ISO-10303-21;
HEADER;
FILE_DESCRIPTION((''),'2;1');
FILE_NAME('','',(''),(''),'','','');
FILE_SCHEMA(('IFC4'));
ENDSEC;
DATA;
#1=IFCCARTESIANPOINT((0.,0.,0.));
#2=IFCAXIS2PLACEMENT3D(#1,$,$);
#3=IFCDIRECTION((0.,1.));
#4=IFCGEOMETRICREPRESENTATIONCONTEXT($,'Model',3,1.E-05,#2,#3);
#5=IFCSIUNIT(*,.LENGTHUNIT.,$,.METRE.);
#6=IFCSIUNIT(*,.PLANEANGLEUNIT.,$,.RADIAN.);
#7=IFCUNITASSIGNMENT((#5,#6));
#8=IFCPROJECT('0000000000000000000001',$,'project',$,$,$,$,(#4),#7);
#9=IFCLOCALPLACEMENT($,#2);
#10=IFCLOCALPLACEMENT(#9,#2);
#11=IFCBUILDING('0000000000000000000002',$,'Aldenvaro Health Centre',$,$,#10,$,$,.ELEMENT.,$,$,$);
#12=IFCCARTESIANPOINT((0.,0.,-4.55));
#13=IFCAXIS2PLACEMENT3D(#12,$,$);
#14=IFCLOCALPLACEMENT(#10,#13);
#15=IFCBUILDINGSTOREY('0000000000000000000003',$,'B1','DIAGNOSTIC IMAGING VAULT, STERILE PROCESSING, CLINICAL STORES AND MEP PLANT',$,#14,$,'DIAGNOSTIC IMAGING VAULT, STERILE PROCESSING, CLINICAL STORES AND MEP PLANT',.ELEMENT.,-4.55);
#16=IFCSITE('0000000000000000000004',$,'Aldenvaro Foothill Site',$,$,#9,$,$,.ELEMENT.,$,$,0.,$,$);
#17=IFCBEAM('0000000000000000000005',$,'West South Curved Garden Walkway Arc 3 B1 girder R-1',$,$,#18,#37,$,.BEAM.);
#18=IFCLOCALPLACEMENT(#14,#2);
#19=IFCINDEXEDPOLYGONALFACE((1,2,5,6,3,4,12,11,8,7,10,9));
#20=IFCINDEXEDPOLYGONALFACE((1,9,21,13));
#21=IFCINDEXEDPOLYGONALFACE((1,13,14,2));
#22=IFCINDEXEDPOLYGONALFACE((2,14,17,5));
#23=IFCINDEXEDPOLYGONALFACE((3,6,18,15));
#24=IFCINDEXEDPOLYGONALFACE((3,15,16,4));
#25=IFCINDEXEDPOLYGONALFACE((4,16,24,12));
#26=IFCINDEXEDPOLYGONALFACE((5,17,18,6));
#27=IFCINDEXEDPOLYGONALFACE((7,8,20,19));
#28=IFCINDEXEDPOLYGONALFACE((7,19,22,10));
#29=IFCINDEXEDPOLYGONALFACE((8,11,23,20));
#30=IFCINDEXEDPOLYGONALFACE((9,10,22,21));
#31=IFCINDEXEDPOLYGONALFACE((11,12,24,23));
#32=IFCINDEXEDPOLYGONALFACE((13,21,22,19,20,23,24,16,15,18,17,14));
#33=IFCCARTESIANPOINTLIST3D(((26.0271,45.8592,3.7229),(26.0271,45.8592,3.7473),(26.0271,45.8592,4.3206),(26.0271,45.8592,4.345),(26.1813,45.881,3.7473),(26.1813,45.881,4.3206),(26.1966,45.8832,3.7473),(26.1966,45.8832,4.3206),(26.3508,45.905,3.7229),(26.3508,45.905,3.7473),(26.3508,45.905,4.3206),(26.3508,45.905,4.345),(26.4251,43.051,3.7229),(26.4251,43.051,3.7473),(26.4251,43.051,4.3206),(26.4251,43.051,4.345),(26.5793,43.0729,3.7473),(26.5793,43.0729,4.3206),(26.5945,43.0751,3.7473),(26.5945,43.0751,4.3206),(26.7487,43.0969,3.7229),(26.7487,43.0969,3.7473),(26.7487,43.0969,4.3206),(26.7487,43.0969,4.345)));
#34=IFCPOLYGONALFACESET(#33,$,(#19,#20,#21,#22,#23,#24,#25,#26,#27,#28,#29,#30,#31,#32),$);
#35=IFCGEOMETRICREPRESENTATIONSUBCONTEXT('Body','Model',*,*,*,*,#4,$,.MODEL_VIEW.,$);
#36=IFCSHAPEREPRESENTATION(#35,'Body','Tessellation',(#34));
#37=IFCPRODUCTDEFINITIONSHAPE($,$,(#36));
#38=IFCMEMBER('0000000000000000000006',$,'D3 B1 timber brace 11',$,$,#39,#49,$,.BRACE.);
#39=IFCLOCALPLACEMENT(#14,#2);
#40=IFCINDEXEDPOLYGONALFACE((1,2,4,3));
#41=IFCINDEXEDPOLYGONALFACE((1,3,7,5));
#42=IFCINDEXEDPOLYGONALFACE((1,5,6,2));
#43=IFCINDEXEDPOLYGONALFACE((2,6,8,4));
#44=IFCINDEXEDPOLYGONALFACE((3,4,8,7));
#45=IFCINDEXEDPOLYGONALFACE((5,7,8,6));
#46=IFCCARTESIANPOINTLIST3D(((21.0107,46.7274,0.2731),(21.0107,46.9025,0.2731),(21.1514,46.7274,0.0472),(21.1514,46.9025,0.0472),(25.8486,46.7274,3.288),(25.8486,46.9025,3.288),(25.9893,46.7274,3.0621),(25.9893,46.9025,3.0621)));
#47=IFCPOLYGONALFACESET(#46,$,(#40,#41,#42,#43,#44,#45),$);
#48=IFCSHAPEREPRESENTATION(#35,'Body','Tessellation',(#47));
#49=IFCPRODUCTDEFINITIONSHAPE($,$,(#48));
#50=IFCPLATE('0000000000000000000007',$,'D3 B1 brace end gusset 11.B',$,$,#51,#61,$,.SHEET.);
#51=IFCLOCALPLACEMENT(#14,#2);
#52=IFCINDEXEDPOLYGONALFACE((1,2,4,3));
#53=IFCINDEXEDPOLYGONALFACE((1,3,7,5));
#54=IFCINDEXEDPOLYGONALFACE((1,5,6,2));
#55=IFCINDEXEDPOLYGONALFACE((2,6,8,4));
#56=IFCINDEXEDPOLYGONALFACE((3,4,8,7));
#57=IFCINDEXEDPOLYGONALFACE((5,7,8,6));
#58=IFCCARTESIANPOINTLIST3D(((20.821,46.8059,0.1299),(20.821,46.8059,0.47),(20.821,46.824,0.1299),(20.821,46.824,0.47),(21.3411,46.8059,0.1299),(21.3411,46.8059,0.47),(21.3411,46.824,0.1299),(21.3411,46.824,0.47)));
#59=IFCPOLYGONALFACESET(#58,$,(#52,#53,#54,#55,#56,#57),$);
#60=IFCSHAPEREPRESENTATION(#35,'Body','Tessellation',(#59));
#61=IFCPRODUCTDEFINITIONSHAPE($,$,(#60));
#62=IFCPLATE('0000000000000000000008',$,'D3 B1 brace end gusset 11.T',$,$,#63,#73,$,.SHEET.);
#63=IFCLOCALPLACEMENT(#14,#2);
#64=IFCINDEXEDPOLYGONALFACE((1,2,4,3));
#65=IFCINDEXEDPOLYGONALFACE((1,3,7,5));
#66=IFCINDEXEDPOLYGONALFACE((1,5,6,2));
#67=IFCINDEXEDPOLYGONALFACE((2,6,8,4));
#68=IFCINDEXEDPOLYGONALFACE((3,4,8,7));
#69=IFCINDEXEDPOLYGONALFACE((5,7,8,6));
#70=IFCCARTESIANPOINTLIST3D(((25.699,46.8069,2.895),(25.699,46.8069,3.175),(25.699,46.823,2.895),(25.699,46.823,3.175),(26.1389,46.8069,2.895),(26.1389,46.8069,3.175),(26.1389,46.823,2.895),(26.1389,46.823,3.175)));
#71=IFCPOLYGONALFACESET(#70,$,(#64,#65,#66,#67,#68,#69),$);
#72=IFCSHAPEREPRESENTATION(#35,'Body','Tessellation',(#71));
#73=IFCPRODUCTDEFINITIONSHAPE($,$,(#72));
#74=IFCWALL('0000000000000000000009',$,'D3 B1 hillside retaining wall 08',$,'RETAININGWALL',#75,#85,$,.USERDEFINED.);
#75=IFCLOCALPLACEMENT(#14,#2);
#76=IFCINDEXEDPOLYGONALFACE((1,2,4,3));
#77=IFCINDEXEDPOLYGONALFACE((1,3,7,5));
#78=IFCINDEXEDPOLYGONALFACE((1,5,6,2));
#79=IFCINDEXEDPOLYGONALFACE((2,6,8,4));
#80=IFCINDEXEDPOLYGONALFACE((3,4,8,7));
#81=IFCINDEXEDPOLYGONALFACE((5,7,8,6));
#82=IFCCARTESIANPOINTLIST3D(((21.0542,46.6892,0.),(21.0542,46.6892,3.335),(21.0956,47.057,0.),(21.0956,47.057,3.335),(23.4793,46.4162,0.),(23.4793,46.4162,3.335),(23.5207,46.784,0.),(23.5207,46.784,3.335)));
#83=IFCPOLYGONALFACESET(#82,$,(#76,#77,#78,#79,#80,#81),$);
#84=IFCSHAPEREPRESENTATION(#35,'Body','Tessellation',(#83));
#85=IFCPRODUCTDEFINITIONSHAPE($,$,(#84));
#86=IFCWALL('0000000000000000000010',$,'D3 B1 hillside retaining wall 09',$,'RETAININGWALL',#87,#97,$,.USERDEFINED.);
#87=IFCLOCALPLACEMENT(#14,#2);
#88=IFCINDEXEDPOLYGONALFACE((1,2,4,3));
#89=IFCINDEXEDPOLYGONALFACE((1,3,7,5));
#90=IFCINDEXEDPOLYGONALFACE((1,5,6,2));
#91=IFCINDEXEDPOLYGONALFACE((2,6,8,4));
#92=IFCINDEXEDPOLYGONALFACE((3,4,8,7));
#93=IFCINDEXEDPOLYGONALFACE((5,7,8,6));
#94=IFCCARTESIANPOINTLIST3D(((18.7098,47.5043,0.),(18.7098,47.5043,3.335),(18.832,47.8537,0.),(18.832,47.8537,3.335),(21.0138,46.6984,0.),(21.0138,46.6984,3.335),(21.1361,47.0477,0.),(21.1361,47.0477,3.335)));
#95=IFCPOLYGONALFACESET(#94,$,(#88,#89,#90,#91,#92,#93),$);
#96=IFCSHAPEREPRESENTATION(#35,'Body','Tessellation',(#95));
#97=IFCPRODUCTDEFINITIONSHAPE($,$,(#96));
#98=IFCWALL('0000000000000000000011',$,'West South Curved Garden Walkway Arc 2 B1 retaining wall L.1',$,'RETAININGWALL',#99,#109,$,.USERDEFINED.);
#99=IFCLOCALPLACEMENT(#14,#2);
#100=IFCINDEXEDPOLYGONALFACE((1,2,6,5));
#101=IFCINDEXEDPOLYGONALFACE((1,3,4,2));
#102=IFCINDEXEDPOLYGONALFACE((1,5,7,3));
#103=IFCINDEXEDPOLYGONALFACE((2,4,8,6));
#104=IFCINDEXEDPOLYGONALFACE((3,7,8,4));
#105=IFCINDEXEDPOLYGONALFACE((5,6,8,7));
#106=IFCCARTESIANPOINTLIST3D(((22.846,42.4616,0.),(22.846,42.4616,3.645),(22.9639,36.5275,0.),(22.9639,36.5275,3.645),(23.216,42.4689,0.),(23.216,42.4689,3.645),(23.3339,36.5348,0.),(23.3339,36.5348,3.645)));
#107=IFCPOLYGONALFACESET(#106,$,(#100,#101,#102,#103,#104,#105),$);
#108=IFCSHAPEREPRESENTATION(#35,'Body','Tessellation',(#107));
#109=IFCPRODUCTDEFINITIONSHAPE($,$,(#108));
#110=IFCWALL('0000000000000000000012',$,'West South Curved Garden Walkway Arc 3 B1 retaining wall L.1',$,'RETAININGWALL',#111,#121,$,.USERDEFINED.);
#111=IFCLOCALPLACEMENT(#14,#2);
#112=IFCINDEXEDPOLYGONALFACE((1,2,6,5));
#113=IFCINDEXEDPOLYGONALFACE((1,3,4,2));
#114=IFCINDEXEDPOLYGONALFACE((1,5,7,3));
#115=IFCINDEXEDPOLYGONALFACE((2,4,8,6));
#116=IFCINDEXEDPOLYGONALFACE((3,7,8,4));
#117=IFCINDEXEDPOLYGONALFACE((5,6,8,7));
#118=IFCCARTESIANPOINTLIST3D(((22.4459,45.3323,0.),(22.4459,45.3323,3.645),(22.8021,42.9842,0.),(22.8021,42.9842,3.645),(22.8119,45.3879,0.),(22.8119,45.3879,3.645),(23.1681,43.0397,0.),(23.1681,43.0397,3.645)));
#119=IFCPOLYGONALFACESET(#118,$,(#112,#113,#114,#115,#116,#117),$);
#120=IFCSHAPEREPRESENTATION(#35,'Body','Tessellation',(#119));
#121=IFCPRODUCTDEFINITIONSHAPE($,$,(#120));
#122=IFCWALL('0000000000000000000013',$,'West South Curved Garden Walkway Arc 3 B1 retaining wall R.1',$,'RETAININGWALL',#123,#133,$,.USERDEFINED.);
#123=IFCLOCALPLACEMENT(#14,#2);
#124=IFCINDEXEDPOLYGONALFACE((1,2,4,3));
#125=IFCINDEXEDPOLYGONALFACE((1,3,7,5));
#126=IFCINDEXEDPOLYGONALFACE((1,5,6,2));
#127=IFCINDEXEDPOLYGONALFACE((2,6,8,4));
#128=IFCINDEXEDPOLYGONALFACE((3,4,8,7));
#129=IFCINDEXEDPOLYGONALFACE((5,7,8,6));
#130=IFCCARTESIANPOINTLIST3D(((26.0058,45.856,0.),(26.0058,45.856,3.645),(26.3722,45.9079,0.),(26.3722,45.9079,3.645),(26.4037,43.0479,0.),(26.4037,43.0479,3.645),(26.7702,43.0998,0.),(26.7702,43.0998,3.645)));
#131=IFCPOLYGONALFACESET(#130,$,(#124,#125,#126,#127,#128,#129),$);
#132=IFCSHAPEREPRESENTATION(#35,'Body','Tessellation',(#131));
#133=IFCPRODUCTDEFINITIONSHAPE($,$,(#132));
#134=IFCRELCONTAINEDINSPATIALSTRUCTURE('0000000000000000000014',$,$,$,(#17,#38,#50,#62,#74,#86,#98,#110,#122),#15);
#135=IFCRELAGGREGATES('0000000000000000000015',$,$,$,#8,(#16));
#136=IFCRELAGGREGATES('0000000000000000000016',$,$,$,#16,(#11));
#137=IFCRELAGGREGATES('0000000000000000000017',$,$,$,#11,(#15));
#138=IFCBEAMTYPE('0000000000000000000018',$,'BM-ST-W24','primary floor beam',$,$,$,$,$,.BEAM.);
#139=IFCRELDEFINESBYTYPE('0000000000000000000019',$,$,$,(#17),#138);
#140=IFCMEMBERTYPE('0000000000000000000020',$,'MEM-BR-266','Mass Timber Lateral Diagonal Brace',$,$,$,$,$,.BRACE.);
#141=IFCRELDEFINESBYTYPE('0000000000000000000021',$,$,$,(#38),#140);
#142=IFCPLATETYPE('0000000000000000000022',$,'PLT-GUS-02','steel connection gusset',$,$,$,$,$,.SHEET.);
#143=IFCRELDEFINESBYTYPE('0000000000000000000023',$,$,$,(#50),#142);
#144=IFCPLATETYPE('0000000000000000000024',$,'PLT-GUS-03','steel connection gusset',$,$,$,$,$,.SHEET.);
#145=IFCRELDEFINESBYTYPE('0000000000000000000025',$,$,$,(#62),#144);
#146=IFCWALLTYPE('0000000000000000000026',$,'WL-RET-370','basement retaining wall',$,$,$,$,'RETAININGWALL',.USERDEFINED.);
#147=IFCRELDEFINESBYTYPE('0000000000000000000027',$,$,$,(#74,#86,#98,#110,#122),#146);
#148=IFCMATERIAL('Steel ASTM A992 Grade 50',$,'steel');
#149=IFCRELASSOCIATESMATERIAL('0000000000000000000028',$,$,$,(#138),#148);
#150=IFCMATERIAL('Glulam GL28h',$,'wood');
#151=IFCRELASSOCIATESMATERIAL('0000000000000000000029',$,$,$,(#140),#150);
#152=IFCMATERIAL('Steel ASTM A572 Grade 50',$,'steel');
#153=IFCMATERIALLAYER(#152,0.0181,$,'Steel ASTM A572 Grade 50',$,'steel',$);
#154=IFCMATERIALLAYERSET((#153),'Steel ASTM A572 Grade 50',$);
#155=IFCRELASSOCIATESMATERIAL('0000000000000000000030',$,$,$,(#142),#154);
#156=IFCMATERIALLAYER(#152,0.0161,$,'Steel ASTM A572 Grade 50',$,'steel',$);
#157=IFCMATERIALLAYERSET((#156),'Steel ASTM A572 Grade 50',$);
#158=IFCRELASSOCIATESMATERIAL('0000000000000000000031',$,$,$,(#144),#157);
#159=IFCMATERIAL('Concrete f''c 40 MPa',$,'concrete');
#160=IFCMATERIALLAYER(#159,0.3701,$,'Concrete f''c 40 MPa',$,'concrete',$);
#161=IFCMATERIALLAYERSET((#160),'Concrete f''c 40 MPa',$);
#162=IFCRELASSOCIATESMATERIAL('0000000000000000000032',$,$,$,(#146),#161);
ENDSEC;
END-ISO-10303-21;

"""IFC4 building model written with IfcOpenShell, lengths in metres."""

from ifc_helpers import new_model, si_unit, direction, frame, frame_2d, origin, origin_2d, place, context, subcontext, project, spatial, rectangle, i_section, extrude, material, layer, layer_set, material_profile, profile_set, type_object, element, save


model = new_model("IFC4")

# Units and contexts
model_context = context("Model", 3, precision=1e-05, world=origin(), true_north=direction((0.0, 1.0)))
body_context = subcontext(model_context, "Body", "Model", "MODEL_VIEW")
ifc_project = project(units=[si_unit("LENGTHUNIT", "METRE"), si_unit("PLANEANGLEUNIT", "RADIAN")], contexts=[model_context])

# Site, building, storey
site_placement = place(None, origin())
site = spatial("IfcSite", under=ifc_project, at=site_placement, Name="Aldenvaro Foothill Site", CompositionType="ELEMENT", RefElevation=0.0)
building_placement = place(site_placement, origin())
building = spatial("IfcBuilding", under=site, at=building_placement, Name="Aldenvaro Health Centre", CompositionType="ELEMENT")
storey_placement = place(building_placement, frame((0.0, 0.0, -4.55)))
storey = spatial("IfcBuildingStorey", under=building, at=storey_placement, Name="B1", Description="DIAGNOSTIC IMAGING VAULT, STERILE PROCESSING, CLINICAL STORES AND MEP PLANT", LongName="DIAGNOSTIC IMAGING VAULT, STERILE PROCESSING, CLINICAL STORES AND MEP PLANT", CompositionType="ELEMENT", Elevation=-4.55)

# Shared definitions
ifc_material_1 = material(Name="Concrete f'c 40 MPa", Category="concrete")

# Beam
ifc_material_2 = material(Name="Steel ASTM A992 Grade 50", Category="steel")
ifc_material_profile_1 = material_profile(ifc_material_2, i_section(OverallWidth=0.3269, OverallDepth=0.6221, WebThickness=0.0154, FlangeThickness=0.0244, at=origin_2d()), Name="W24X131", Category="steel")
ifc_profile_set_1 = profile_set([ifc_material_profile_1], Name="Steel ASTM A992 Grade 50")
beam_type_1 = type_object("IfcBeamType", Name="BM-ST-W24", Description="primary floor beam", PredefinedType="BEAM", material=ifc_profile_set_1)
beam_1_placement = place(storey_placement, frame((26.5869, 43.074, 4.0339), z_axis=(-0.140313, 0.990107, 0.0), x_axis=(-0.990107, -0.140313, 0.0)))
element("IfcBeam", 1, at=beam_1_placement, inside=storey, type_object=beam_type_1, Name="West South Curved Garden Walkway Arc 3 B1 girder R-1", PredefinedType="BEAM", context=body_context, shape_type="SweptSolid", body=[
    extrude(i_section(OverallWidth=0.3269, OverallDepth=0.6221, WebThickness=0.0154, FlangeThickness=0.0244, at=origin_2d()), origin(), (0.0, 0.0, 1.0), 2.8362),
])

# Member
ifc_material_3 = material(Name="Glulam GL28h", Category="wood")
ifc_material_profile_2 = material_profile(ifc_material_3, rectangle(XDim=0.175, YDim=0.2661, at=origin_2d()), Name="GL 175x266", Category="wood")
ifc_profile_set_2 = profile_set([ifc_material_profile_2], Name="Glulam GL28h")
member_type = type_object("IfcMemberType", Name="MEM-BR-266", Description="Mass Timber Lateral Diagonal Brace", PredefinedType="BRACE", material=ifc_profile_set_2)
member_placement = place(storey_placement, frame((21.0811, 46.8149, 0.1602), z_axis=(0.848691, 0.0, 0.52889), x_axis=(0.0, 1.0, 0.0)))
element("IfcMember", 2, at=member_placement, inside=storey, type_object=member_type, Name="D3 B1 timber brace 11", PredefinedType="BRACE", context=body_context, shape_type="SweptSolid", body=[
    extrude(rectangle(XDim=0.175, YDim=0.2661, at=origin_2d()), origin(), (0.0, 0.0, 1.0), 5.7004),
])

# Plates
ifc_material_4 = material(Name="Steel ASTM A572 Grade 50", Category="steel")
ifc_layer_1 = layer(ifc_material_4, 0.0181, Name="Steel ASTM A572 Grade 50", Category="steel")
ifc_layer_set_1 = layer_set([ifc_layer_1], Name="Steel ASTM A572 Grade 50")
plate_type_1 = type_object("IfcPlateType", Name="PLT-GUS-02", Description="steel connection gusset", PredefinedType="SHEET", material=ifc_layer_set_1)
plate_1_placement = place(storey_placement, frame((21.0811, 46.8149, 0.1299), z_axis=(0.0, 0.0, 1.0), x_axis=(1.0, 0.0, 0.0)))
element("IfcPlate", 3, at=plate_1_placement, inside=storey, type_object=plate_type_1, Name="D3 B1 brace end gusset 11.B", PredefinedType="SHEET", context=body_context, shape_type="SweptSolid", body=[
    extrude(rectangle(XDim=0.52, YDim=0.0181, at=origin_2d()), origin(), (0.0, 0.0, 1.0), 0.3401),
])
ifc_layer_2 = layer(ifc_material_4, 0.0161, Name="Steel ASTM A572 Grade 50", Category="steel")
ifc_layer_set_2 = layer_set([ifc_layer_2], Name="Steel ASTM A572 Grade 50")
plate_type_2 = type_object("IfcPlateType", Name="PLT-GUS-03", Description="steel connection gusset", PredefinedType="SHEET", material=ifc_layer_set_2)
plate_2_placement = place(storey_placement, frame((25.9189, 46.8149, 2.895), z_axis=(0.0, 0.0, 1.0), x_axis=(1.0, 0.0, 0.0)))
element("IfcPlate", 4, at=plate_2_placement, inside=storey, type_object=plate_type_2, Name="D3 B1 brace end gusset 11.T", PredefinedType="SHEET", context=body_context, shape_type="SweptSolid", body=[
    extrude(rectangle(XDim=0.4399, YDim=0.0161, at=origin_2d()), origin(), (0.0, 0.0, 1.0), 0.28),
])

# Walls
ifc_layer_3 = layer(ifc_material_1, 0.3701, Name="Concrete f'c 40 MPa", Category="concrete")
ifc_layer_set_3 = layer_set([ifc_layer_3], Name="Concrete f'c 40 MPa")
wall_type = type_object("IfcWallType", Name="WL-RET-370", Description="basement retaining wall", ElementType="RETAININGWALL", PredefinedType="USERDEFINED", material=ifc_layer_set_3)
wall_1_placement = place(storey_placement, frame((23.5, 46.6001, 0.0), z_axis=(0.0, 0.0, 1.0), x_axis=(-0.993725, 0.111848, 0.0)))
element("IfcWall", 5, at=wall_1_placement, inside=storey, type_object=wall_type, Name="D3 B1 hillside retaining wall 08", ObjectType="RETAININGWALL", PredefinedType="USERDEFINED", context=body_context, shape_type="SweptSolid", body=[
    extrude(rectangle(XDim=2.4404, YDim=0.3701, at=frame_2d((1.2202, 0.0))), origin(), (0.0, 0.0, 1.0), 3.335),
])
wall_2_placement = place(storey_placement, frame((21.075, 46.873, 0.0), z_axis=(0.0, 0.0, 1.0), x_axis=(-0.943919, 0.330177, 0.0)))
element("IfcWall", 6, at=wall_2_placement, inside=storey, type_object=wall_type, Name="D3 B1 hillside retaining wall 09", ObjectType="RETAININGWALL", PredefinedType="USERDEFINED", context=body_context, shape_type="SweptSolid", body=[
    extrude(rectangle(XDim=2.4409, YDim=0.3701, at=frame_2d((1.2205, 0.0))), origin(), (0.0, 0.0, 1.0), 3.335),
])
wall_3_placement = place(storey_placement, frame((23.1489, 36.531, 0.0), z_axis=(0.0, 0.0, 1.0), x_axis=(-0.019868, 0.999803, 0.0)))
element("IfcWall", 7, at=wall_3_placement, inside=storey, type_object=wall_type, Name="West South Curved Garden Walkway Arc 2 B1 retaining wall L.1", ObjectType="RETAININGWALL", PredefinedType="USERDEFINED", context=body_context, shape_type="SweptSolid", body=[
    extrude(rectangle(XDim=5.9353, YDim=0.3701, at=frame_2d((2.9678, 0.0))), origin(), (0.0, 0.0, 1.0), 3.645),
])
wall_4_placement = place(storey_placement, frame((22.9851, 43.012, 0.0), z_axis=(0.0, 0.0, 1.0), x_axis=(-0.149979, 0.988689, 0.0)))
element("IfcWall", 8, at=wall_4_placement, inside=storey, type_object=wall_type, Name="West South Curved Garden Walkway Arc 3 B1 retaining wall L.1", ObjectType="RETAININGWALL", PredefinedType="USERDEFINED", context=body_context, shape_type="SweptSolid", body=[
    extrude(rectangle(XDim=2.375, YDim=0.3701, at=frame_2d((1.1875, 0.0))), origin(), (0.0, 0.0, 1.0), 3.645),
])
wall_5_placement = place(storey_placement, frame((26.5869, 43.074, 0.0), z_axis=(0.0, 0.0, 1.0), x_axis=(-0.140313, 0.990107, 0.0)))
element("IfcWall", 9, at=wall_5_placement, inside=storey, type_object=wall_type, Name="West South Curved Garden Walkway Arc 3 B1 retaining wall R.1", ObjectType="RETAININGWALL", PredefinedType="USERDEFINED", context=body_context, shape_type="SweptSolid", body=[
    extrude(rectangle(XDim=2.8362, YDim=0.3701, at=frame_2d((1.418, 0.0))), origin(), (0.0, 0.0, 1.0), 3.645),
])

save(model, "model.ifc")
